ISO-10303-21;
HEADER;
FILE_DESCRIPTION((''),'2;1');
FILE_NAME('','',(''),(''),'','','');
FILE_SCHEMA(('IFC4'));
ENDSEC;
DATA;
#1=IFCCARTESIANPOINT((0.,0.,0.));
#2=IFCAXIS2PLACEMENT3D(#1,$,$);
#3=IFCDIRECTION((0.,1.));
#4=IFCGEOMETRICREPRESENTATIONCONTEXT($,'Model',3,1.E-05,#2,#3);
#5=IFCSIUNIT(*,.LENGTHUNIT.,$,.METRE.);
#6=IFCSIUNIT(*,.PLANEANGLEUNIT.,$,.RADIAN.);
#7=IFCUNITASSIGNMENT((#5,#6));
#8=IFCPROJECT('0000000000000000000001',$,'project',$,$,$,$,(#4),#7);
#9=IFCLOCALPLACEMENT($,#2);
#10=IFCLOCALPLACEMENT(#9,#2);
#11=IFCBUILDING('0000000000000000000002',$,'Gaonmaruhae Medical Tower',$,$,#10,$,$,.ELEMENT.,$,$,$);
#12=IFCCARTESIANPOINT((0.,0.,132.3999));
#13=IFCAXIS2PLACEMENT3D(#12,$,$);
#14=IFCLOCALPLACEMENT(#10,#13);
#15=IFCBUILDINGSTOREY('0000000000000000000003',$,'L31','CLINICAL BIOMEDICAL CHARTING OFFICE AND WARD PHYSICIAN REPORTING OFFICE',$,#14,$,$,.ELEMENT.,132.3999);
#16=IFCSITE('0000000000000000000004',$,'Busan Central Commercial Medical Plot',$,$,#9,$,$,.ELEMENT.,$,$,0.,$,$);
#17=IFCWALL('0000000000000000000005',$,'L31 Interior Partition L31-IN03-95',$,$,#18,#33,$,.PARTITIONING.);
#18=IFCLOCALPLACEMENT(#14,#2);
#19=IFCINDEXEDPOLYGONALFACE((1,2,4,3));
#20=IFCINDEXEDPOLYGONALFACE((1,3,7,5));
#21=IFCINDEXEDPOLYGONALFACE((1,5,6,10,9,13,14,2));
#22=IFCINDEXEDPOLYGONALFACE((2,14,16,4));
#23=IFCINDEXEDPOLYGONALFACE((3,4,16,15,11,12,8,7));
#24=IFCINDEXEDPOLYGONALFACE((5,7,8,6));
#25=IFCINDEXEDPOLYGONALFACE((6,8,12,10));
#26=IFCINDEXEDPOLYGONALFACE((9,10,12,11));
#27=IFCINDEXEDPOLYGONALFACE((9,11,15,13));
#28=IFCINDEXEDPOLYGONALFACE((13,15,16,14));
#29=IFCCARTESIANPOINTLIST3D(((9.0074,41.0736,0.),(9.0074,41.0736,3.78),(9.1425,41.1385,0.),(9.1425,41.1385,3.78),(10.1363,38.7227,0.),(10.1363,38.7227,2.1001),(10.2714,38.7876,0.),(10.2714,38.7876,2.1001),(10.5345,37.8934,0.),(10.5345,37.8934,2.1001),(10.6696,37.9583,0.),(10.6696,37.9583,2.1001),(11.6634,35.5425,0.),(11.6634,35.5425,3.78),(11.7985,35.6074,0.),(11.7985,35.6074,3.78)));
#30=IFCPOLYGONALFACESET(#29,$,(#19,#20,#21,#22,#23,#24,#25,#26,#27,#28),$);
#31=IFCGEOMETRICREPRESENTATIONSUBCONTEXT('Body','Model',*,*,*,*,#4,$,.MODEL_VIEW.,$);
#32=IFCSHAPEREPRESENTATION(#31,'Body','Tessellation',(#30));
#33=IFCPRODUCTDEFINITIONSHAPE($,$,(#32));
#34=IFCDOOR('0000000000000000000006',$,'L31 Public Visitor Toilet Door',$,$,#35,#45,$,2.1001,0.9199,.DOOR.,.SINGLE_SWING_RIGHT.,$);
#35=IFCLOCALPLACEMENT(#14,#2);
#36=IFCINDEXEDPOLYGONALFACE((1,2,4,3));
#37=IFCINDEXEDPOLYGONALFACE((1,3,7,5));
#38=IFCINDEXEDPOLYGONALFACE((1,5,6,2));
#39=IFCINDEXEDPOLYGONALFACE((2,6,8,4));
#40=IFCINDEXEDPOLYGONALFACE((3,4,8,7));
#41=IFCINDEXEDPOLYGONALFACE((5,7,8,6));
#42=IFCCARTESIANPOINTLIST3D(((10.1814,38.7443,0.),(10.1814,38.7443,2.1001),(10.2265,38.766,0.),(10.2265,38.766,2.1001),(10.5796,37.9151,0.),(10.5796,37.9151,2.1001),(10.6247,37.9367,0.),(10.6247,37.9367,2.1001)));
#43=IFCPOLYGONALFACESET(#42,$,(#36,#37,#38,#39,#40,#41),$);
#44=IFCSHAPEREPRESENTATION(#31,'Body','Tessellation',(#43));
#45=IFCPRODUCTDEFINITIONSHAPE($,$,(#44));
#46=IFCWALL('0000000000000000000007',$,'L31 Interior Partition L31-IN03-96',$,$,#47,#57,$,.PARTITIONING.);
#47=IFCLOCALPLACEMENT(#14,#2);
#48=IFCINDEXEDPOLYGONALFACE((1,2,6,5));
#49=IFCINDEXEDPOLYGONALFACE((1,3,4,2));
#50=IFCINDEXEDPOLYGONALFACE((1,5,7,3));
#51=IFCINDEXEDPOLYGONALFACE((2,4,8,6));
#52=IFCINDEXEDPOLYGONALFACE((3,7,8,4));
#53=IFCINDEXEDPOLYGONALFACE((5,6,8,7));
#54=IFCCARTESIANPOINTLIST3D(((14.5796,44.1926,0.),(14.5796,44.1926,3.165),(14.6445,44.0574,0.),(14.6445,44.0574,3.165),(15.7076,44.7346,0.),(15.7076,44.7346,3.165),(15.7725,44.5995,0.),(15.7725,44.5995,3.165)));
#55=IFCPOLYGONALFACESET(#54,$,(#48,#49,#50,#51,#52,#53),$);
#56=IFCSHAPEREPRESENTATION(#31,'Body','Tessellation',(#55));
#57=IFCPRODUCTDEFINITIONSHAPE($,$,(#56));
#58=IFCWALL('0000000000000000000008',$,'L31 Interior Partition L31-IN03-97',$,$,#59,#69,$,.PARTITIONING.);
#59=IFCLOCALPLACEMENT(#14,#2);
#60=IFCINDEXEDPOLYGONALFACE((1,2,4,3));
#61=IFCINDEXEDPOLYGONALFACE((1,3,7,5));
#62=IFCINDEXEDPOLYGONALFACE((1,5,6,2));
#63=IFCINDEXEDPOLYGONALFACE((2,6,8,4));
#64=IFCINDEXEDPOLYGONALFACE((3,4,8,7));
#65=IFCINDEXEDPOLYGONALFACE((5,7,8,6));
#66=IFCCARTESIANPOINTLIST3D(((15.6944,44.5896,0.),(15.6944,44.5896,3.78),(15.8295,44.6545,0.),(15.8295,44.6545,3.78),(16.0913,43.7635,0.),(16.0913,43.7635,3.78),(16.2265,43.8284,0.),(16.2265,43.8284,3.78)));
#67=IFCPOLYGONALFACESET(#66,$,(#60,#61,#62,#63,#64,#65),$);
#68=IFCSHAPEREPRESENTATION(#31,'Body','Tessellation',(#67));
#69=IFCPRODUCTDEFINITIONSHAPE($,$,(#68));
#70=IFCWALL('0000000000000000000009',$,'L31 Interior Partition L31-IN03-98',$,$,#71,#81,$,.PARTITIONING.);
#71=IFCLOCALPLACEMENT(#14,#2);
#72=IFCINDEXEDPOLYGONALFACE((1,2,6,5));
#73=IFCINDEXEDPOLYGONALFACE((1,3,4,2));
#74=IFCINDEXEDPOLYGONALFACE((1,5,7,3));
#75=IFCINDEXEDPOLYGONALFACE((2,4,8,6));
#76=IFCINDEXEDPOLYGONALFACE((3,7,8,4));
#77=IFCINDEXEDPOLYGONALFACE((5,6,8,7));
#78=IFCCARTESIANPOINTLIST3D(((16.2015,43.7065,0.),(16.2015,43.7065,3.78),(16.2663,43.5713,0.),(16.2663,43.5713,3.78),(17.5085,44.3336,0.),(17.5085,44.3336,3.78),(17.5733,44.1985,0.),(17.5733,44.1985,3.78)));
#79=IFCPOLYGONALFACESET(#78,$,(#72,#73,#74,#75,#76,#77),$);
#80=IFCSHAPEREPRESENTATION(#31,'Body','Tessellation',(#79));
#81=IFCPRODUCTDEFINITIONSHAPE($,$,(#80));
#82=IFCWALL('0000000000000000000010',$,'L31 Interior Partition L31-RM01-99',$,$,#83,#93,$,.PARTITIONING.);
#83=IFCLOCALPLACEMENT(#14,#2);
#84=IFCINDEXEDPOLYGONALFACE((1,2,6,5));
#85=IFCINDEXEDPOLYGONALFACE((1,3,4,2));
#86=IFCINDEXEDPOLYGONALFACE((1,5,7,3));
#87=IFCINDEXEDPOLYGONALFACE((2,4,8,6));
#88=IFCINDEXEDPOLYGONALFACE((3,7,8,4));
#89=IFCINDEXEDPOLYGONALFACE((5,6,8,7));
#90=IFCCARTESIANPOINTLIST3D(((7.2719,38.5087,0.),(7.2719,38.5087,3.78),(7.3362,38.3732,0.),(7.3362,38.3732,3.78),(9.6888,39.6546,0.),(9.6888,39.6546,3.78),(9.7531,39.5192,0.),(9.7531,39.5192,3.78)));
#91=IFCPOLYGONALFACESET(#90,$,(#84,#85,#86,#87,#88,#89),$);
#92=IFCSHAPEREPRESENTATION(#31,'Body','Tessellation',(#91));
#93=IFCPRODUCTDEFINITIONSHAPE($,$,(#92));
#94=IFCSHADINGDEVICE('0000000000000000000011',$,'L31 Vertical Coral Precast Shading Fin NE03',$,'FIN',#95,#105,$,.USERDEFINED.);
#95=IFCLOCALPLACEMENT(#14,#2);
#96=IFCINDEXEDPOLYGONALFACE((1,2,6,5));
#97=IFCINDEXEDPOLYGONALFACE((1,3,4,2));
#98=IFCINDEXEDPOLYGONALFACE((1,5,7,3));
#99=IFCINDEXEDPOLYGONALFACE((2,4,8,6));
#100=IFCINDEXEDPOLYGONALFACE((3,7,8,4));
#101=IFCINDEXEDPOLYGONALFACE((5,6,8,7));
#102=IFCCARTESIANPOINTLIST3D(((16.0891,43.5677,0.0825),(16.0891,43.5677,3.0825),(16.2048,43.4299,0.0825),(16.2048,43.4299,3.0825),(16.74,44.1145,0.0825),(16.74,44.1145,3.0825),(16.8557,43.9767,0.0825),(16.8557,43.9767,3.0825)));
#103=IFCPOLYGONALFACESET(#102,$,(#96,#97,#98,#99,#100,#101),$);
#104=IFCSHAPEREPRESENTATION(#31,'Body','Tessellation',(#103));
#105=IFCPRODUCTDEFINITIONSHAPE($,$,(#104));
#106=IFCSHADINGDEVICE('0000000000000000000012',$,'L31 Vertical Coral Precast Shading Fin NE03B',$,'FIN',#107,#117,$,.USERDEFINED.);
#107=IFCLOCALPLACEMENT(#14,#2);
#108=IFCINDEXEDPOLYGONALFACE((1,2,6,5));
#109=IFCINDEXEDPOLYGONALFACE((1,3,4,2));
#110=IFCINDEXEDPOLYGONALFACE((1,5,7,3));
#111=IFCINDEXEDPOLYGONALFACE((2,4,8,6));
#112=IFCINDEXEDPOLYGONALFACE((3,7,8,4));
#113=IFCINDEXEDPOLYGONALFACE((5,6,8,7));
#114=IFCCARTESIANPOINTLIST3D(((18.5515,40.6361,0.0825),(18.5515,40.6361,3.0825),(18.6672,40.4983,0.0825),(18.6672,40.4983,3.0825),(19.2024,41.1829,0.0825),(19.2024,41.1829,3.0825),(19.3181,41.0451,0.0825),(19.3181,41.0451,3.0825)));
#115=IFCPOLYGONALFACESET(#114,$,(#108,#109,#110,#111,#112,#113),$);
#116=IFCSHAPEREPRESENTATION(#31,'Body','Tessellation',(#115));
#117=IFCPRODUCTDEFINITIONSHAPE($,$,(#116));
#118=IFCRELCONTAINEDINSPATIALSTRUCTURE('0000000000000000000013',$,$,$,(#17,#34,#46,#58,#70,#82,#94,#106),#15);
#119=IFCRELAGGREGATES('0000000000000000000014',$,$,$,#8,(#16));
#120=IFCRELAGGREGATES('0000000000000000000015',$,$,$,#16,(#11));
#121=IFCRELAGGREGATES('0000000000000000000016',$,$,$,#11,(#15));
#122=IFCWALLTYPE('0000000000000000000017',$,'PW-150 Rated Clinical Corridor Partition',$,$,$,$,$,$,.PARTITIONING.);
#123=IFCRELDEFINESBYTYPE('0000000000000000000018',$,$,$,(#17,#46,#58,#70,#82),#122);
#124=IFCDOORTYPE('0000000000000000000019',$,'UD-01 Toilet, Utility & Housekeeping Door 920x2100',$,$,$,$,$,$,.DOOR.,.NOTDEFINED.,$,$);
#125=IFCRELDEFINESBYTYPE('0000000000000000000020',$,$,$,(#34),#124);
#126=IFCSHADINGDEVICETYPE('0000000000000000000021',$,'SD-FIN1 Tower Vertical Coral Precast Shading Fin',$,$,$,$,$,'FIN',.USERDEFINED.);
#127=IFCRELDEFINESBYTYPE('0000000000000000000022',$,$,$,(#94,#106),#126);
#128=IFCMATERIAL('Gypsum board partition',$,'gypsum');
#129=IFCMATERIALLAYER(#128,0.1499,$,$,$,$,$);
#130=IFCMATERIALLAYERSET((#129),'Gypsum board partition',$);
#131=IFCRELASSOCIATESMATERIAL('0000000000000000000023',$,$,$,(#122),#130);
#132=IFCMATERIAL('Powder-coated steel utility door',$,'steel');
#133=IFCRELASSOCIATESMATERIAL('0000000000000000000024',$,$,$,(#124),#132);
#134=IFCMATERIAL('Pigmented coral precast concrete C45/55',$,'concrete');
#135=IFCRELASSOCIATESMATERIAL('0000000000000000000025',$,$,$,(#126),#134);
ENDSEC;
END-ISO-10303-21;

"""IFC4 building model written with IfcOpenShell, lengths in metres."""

from ifc_helpers import new_model, si_unit, direction, frame, frame_2d, origin, origin_2d, place, context, subcontext, project, spatial, rectangle, extrude, material, layer, layer_set, type_object, element, fill, save


model = new_model("IFC4")

# Units and contexts
model_context = context("Model", 3, precision=1e-05, world=origin(), true_north=direction((0.0, 1.0)))
body_context = subcontext(model_context, "Body", "Model", "MODEL_VIEW")
ifc_project = project(units=[si_unit("LENGTHUNIT", "METRE"), si_unit("PLANEANGLEUNIT", "RADIAN")], contexts=[model_context])

# Site, building, storey
site_placement = place(None, origin())
site = spatial("IfcSite", under=ifc_project, at=site_placement, Name="Busan Central Commercial Medical Plot", CompositionType="ELEMENT", RefElevation=0.0)
building_placement = place(site_placement, origin())
building = spatial("IfcBuilding", under=site, at=building_placement, Name="Gaonmaruhae Medical Tower", CompositionType="ELEMENT")
storey_placement = place(building_placement, frame((0.0, 0.0, 132.3999)))
storey = spatial("IfcBuildingStorey", under=building, at=storey_placement, Name="L31", Description="CLINICAL BIOMEDICAL CHARTING OFFICE AND WARD PHYSICIAN REPORTING OFFICE", CompositionType="ELEMENT", Elevation=132.3999)

# Shared definitions
ifc_material_1 = material(Name="Gypsum board partition", Category="gypsum")
ifc_layer_1 = layer(ifc_material_1, 0.1499)
ifc_layer_set_1 = layer_set([ifc_layer_1], Name="Gypsum board partition")
wall_type_1 = type_object("IfcWallType", Name="PW-150 Rated Clinical Corridor Partition", PredefinedType="PARTITIONING", material=ifc_layer_set_1)

# Wall, opening, door
wall_1_placement = place(storey_placement, frame((11.731, 35.575, 0.0), z_axis=(0.0, 0.0, 1.0), x_axis=(-0.43288, 0.901452, 0.0)))
wall_1 = element("IfcWall", 1, at=wall_1_placement, inside=storey, type_object=wall_type_1, Name="L31 Interior Partition L31-IN03-95", PredefinedType="PARTITIONING", context=body_context, shape_type="SweptSolid", body=[
    extrude(rectangle(XDim=6.1357, YDim=0.1499, at=frame_2d((3.0679, 0.0))), origin(), (0.0, 0.0, 1.0), 3.78),
])
opening_1_placement = place(wall_1_placement, frame((2.6079, 0.0, 0.0)))
opening_1 = element("IfcOpeningElement", 2, at=opening_1_placement, cuts=wall_1, PredefinedType="OPENING", context=body_context, shape_type="SweptSolid", body=[
    extrude(rectangle(XDim=0.9199, YDim=2.1001, at=frame_2d((0.46, 1.05))), frame((0.0, 0.085, 0.0), z_axis=(0.0, -1.0, 0.0), x_axis=(1.0, 0.0, 0.0)), (0.0, 0.0, 1.0), 0.1699),
])
ifc_material_2 = material(Name="Powder-coated steel utility door", Category="steel")
door_type = type_object("IfcDoorType", Name="UD-01 Toilet, Utility & Housekeeping Door 920x2100", OperationType="NOTDEFINED", PredefinedType="DOOR", material=ifc_material_2)
door_placement = place(opening_1_placement, origin())
door = element("IfcDoor", 3, at=door_placement, inside=storey, type_object=door_type, Name="L31 Public Visitor Toilet Door", OperationType="SINGLE_SWING_RIGHT", OverallHeight=2.1001, OverallWidth=0.9199, PredefinedType="DOOR", context=body_context, shape_type="SweptSolid", body=[
    extrude(rectangle(XDim=0.9199, YDim=2.1001, at=frame_2d((0.46, 1.05))), frame((0.0, 0.0249, 0.0), z_axis=(0.0, -1.0, 0.0), x_axis=(1.0, 0.0, 0.0)), (0.0, 0.0, 1.0), 0.05),
])
fill(opening_1, door)

# Walls
wall_2_placement = place(storey_placement, frame((14.6121, 44.125, 0.0), z_axis=(0.0, 0.0, 1.0), x_axis=(0.90134, 0.433112, 0.0)))
element("IfcWall", 4, at=wall_2_placement, inside=storey, type_object=wall_type_1, Name="L31 Interior Partition L31-IN03-96", PredefinedType="PARTITIONING", context=body_context, shape_type="SweptSolid", body=[
    extrude(rectangle(XDim=1.2515, YDim=0.1499, at=frame_2d((0.6257, 0.0))), origin(), (0.0, 0.0, 1.0), 3.165),
])
wall_3_placement = place(storey_placement, frame((15.762, 44.6221, 0.0), z_axis=(0.0, 0.0, 1.0), x_axis=(0.433095, -0.901348, 0.0)))
element("IfcWall", 5, at=wall_3_placement, inside=storey, type_object=wall_type_1, Name="L31 Interior Partition L31-IN03-97", PredefinedType="PARTITIONING", context=body_context, shape_type="SweptSolid", body=[
    extrude(rectangle(XDim=0.9165, YDim=0.1499, at=frame_2d((0.4583, 0.0))), origin(), (0.0, 0.0, 1.0), 3.78),
])
wall_4_placement = place(storey_placement, frame((16.2339, 43.6389, 0.0), z_axis=(0.0, 0.0, 1.0), x_axis=(0.901583, 0.432605, 0.0)))
element("IfcWall", 6, at=wall_4_placement, inside=storey, type_object=wall_type_1, Name="L31 Interior Partition L31-IN03-98", PredefinedType="PARTITIONING", context=body_context, shape_type="SweptSolid", body=[
    extrude(rectangle(XDim=1.4497, YDim=0.1499, at=frame_2d((0.7249, 0.0))), origin(), (0.0, 0.0, 1.0), 3.78),
])
wall_5_placement = place(storey_placement, frame((9.7209, 39.5869, 0.0), z_axis=(0.0, 0.0, 1.0), x_axis=(-0.903578, -0.428424, 0.0)))
element("IfcWall", 7, at=wall_5_placement, inside=storey, type_object=wall_type_1, Name="L31 Interior Partition L31-RM01-99", PredefinedType="PARTITIONING", context=body_context, shape_type="SweptSolid", body=[
    extrude(rectangle(XDim=2.6748, YDim=0.1499, at=frame_2d((1.3374, 0.0))), origin(), (0.0, 0.0, 1.0), 3.78),
])

# Shading devices
ifc_material_3 = material(Name="Pigmented coral precast concrete C45/55", Category="concrete")
shading_device_type = type_object("IfcShadingDeviceType", Name="SD-FIN1 Tower Vertical Coral Precast Shading Fin", ElementType="FIN", PredefinedType="USERDEFINED", material=ifc_material_3)
for number, where, z_axis, x_axis, name in (
    (8, (16.4724, 43.7722, 0.0825), (0.0, 0.0, 1.0), (0.643202, -0.765697, 0.0), "L31 Vertical Coral Precast Shading Fin NE03"),
    (9, (18.9348, 40.8406, 0.0825), (0.0, 0.0, 1.0), (0.643202, -0.765697, 0.0), "L31 Vertical Coral Precast Shading Fin NE03B"),
):
    element("IfcShadingDevice", number, at=place(storey_placement, frame(where, z_axis=z_axis, x_axis=x_axis)), inside=storey, type_object=shading_device_type, Name=name, ObjectType="FIN", PredefinedType="USERDEFINED", context=body_context, shape_type="SweptSolid", body=[
        extrude(rectangle(XDim=0.1799, YDim=0.8501, at=origin_2d()), origin(), (0.0, 0.0, 1.0), 3.0),
    ])

save(model, "model.ifc")
